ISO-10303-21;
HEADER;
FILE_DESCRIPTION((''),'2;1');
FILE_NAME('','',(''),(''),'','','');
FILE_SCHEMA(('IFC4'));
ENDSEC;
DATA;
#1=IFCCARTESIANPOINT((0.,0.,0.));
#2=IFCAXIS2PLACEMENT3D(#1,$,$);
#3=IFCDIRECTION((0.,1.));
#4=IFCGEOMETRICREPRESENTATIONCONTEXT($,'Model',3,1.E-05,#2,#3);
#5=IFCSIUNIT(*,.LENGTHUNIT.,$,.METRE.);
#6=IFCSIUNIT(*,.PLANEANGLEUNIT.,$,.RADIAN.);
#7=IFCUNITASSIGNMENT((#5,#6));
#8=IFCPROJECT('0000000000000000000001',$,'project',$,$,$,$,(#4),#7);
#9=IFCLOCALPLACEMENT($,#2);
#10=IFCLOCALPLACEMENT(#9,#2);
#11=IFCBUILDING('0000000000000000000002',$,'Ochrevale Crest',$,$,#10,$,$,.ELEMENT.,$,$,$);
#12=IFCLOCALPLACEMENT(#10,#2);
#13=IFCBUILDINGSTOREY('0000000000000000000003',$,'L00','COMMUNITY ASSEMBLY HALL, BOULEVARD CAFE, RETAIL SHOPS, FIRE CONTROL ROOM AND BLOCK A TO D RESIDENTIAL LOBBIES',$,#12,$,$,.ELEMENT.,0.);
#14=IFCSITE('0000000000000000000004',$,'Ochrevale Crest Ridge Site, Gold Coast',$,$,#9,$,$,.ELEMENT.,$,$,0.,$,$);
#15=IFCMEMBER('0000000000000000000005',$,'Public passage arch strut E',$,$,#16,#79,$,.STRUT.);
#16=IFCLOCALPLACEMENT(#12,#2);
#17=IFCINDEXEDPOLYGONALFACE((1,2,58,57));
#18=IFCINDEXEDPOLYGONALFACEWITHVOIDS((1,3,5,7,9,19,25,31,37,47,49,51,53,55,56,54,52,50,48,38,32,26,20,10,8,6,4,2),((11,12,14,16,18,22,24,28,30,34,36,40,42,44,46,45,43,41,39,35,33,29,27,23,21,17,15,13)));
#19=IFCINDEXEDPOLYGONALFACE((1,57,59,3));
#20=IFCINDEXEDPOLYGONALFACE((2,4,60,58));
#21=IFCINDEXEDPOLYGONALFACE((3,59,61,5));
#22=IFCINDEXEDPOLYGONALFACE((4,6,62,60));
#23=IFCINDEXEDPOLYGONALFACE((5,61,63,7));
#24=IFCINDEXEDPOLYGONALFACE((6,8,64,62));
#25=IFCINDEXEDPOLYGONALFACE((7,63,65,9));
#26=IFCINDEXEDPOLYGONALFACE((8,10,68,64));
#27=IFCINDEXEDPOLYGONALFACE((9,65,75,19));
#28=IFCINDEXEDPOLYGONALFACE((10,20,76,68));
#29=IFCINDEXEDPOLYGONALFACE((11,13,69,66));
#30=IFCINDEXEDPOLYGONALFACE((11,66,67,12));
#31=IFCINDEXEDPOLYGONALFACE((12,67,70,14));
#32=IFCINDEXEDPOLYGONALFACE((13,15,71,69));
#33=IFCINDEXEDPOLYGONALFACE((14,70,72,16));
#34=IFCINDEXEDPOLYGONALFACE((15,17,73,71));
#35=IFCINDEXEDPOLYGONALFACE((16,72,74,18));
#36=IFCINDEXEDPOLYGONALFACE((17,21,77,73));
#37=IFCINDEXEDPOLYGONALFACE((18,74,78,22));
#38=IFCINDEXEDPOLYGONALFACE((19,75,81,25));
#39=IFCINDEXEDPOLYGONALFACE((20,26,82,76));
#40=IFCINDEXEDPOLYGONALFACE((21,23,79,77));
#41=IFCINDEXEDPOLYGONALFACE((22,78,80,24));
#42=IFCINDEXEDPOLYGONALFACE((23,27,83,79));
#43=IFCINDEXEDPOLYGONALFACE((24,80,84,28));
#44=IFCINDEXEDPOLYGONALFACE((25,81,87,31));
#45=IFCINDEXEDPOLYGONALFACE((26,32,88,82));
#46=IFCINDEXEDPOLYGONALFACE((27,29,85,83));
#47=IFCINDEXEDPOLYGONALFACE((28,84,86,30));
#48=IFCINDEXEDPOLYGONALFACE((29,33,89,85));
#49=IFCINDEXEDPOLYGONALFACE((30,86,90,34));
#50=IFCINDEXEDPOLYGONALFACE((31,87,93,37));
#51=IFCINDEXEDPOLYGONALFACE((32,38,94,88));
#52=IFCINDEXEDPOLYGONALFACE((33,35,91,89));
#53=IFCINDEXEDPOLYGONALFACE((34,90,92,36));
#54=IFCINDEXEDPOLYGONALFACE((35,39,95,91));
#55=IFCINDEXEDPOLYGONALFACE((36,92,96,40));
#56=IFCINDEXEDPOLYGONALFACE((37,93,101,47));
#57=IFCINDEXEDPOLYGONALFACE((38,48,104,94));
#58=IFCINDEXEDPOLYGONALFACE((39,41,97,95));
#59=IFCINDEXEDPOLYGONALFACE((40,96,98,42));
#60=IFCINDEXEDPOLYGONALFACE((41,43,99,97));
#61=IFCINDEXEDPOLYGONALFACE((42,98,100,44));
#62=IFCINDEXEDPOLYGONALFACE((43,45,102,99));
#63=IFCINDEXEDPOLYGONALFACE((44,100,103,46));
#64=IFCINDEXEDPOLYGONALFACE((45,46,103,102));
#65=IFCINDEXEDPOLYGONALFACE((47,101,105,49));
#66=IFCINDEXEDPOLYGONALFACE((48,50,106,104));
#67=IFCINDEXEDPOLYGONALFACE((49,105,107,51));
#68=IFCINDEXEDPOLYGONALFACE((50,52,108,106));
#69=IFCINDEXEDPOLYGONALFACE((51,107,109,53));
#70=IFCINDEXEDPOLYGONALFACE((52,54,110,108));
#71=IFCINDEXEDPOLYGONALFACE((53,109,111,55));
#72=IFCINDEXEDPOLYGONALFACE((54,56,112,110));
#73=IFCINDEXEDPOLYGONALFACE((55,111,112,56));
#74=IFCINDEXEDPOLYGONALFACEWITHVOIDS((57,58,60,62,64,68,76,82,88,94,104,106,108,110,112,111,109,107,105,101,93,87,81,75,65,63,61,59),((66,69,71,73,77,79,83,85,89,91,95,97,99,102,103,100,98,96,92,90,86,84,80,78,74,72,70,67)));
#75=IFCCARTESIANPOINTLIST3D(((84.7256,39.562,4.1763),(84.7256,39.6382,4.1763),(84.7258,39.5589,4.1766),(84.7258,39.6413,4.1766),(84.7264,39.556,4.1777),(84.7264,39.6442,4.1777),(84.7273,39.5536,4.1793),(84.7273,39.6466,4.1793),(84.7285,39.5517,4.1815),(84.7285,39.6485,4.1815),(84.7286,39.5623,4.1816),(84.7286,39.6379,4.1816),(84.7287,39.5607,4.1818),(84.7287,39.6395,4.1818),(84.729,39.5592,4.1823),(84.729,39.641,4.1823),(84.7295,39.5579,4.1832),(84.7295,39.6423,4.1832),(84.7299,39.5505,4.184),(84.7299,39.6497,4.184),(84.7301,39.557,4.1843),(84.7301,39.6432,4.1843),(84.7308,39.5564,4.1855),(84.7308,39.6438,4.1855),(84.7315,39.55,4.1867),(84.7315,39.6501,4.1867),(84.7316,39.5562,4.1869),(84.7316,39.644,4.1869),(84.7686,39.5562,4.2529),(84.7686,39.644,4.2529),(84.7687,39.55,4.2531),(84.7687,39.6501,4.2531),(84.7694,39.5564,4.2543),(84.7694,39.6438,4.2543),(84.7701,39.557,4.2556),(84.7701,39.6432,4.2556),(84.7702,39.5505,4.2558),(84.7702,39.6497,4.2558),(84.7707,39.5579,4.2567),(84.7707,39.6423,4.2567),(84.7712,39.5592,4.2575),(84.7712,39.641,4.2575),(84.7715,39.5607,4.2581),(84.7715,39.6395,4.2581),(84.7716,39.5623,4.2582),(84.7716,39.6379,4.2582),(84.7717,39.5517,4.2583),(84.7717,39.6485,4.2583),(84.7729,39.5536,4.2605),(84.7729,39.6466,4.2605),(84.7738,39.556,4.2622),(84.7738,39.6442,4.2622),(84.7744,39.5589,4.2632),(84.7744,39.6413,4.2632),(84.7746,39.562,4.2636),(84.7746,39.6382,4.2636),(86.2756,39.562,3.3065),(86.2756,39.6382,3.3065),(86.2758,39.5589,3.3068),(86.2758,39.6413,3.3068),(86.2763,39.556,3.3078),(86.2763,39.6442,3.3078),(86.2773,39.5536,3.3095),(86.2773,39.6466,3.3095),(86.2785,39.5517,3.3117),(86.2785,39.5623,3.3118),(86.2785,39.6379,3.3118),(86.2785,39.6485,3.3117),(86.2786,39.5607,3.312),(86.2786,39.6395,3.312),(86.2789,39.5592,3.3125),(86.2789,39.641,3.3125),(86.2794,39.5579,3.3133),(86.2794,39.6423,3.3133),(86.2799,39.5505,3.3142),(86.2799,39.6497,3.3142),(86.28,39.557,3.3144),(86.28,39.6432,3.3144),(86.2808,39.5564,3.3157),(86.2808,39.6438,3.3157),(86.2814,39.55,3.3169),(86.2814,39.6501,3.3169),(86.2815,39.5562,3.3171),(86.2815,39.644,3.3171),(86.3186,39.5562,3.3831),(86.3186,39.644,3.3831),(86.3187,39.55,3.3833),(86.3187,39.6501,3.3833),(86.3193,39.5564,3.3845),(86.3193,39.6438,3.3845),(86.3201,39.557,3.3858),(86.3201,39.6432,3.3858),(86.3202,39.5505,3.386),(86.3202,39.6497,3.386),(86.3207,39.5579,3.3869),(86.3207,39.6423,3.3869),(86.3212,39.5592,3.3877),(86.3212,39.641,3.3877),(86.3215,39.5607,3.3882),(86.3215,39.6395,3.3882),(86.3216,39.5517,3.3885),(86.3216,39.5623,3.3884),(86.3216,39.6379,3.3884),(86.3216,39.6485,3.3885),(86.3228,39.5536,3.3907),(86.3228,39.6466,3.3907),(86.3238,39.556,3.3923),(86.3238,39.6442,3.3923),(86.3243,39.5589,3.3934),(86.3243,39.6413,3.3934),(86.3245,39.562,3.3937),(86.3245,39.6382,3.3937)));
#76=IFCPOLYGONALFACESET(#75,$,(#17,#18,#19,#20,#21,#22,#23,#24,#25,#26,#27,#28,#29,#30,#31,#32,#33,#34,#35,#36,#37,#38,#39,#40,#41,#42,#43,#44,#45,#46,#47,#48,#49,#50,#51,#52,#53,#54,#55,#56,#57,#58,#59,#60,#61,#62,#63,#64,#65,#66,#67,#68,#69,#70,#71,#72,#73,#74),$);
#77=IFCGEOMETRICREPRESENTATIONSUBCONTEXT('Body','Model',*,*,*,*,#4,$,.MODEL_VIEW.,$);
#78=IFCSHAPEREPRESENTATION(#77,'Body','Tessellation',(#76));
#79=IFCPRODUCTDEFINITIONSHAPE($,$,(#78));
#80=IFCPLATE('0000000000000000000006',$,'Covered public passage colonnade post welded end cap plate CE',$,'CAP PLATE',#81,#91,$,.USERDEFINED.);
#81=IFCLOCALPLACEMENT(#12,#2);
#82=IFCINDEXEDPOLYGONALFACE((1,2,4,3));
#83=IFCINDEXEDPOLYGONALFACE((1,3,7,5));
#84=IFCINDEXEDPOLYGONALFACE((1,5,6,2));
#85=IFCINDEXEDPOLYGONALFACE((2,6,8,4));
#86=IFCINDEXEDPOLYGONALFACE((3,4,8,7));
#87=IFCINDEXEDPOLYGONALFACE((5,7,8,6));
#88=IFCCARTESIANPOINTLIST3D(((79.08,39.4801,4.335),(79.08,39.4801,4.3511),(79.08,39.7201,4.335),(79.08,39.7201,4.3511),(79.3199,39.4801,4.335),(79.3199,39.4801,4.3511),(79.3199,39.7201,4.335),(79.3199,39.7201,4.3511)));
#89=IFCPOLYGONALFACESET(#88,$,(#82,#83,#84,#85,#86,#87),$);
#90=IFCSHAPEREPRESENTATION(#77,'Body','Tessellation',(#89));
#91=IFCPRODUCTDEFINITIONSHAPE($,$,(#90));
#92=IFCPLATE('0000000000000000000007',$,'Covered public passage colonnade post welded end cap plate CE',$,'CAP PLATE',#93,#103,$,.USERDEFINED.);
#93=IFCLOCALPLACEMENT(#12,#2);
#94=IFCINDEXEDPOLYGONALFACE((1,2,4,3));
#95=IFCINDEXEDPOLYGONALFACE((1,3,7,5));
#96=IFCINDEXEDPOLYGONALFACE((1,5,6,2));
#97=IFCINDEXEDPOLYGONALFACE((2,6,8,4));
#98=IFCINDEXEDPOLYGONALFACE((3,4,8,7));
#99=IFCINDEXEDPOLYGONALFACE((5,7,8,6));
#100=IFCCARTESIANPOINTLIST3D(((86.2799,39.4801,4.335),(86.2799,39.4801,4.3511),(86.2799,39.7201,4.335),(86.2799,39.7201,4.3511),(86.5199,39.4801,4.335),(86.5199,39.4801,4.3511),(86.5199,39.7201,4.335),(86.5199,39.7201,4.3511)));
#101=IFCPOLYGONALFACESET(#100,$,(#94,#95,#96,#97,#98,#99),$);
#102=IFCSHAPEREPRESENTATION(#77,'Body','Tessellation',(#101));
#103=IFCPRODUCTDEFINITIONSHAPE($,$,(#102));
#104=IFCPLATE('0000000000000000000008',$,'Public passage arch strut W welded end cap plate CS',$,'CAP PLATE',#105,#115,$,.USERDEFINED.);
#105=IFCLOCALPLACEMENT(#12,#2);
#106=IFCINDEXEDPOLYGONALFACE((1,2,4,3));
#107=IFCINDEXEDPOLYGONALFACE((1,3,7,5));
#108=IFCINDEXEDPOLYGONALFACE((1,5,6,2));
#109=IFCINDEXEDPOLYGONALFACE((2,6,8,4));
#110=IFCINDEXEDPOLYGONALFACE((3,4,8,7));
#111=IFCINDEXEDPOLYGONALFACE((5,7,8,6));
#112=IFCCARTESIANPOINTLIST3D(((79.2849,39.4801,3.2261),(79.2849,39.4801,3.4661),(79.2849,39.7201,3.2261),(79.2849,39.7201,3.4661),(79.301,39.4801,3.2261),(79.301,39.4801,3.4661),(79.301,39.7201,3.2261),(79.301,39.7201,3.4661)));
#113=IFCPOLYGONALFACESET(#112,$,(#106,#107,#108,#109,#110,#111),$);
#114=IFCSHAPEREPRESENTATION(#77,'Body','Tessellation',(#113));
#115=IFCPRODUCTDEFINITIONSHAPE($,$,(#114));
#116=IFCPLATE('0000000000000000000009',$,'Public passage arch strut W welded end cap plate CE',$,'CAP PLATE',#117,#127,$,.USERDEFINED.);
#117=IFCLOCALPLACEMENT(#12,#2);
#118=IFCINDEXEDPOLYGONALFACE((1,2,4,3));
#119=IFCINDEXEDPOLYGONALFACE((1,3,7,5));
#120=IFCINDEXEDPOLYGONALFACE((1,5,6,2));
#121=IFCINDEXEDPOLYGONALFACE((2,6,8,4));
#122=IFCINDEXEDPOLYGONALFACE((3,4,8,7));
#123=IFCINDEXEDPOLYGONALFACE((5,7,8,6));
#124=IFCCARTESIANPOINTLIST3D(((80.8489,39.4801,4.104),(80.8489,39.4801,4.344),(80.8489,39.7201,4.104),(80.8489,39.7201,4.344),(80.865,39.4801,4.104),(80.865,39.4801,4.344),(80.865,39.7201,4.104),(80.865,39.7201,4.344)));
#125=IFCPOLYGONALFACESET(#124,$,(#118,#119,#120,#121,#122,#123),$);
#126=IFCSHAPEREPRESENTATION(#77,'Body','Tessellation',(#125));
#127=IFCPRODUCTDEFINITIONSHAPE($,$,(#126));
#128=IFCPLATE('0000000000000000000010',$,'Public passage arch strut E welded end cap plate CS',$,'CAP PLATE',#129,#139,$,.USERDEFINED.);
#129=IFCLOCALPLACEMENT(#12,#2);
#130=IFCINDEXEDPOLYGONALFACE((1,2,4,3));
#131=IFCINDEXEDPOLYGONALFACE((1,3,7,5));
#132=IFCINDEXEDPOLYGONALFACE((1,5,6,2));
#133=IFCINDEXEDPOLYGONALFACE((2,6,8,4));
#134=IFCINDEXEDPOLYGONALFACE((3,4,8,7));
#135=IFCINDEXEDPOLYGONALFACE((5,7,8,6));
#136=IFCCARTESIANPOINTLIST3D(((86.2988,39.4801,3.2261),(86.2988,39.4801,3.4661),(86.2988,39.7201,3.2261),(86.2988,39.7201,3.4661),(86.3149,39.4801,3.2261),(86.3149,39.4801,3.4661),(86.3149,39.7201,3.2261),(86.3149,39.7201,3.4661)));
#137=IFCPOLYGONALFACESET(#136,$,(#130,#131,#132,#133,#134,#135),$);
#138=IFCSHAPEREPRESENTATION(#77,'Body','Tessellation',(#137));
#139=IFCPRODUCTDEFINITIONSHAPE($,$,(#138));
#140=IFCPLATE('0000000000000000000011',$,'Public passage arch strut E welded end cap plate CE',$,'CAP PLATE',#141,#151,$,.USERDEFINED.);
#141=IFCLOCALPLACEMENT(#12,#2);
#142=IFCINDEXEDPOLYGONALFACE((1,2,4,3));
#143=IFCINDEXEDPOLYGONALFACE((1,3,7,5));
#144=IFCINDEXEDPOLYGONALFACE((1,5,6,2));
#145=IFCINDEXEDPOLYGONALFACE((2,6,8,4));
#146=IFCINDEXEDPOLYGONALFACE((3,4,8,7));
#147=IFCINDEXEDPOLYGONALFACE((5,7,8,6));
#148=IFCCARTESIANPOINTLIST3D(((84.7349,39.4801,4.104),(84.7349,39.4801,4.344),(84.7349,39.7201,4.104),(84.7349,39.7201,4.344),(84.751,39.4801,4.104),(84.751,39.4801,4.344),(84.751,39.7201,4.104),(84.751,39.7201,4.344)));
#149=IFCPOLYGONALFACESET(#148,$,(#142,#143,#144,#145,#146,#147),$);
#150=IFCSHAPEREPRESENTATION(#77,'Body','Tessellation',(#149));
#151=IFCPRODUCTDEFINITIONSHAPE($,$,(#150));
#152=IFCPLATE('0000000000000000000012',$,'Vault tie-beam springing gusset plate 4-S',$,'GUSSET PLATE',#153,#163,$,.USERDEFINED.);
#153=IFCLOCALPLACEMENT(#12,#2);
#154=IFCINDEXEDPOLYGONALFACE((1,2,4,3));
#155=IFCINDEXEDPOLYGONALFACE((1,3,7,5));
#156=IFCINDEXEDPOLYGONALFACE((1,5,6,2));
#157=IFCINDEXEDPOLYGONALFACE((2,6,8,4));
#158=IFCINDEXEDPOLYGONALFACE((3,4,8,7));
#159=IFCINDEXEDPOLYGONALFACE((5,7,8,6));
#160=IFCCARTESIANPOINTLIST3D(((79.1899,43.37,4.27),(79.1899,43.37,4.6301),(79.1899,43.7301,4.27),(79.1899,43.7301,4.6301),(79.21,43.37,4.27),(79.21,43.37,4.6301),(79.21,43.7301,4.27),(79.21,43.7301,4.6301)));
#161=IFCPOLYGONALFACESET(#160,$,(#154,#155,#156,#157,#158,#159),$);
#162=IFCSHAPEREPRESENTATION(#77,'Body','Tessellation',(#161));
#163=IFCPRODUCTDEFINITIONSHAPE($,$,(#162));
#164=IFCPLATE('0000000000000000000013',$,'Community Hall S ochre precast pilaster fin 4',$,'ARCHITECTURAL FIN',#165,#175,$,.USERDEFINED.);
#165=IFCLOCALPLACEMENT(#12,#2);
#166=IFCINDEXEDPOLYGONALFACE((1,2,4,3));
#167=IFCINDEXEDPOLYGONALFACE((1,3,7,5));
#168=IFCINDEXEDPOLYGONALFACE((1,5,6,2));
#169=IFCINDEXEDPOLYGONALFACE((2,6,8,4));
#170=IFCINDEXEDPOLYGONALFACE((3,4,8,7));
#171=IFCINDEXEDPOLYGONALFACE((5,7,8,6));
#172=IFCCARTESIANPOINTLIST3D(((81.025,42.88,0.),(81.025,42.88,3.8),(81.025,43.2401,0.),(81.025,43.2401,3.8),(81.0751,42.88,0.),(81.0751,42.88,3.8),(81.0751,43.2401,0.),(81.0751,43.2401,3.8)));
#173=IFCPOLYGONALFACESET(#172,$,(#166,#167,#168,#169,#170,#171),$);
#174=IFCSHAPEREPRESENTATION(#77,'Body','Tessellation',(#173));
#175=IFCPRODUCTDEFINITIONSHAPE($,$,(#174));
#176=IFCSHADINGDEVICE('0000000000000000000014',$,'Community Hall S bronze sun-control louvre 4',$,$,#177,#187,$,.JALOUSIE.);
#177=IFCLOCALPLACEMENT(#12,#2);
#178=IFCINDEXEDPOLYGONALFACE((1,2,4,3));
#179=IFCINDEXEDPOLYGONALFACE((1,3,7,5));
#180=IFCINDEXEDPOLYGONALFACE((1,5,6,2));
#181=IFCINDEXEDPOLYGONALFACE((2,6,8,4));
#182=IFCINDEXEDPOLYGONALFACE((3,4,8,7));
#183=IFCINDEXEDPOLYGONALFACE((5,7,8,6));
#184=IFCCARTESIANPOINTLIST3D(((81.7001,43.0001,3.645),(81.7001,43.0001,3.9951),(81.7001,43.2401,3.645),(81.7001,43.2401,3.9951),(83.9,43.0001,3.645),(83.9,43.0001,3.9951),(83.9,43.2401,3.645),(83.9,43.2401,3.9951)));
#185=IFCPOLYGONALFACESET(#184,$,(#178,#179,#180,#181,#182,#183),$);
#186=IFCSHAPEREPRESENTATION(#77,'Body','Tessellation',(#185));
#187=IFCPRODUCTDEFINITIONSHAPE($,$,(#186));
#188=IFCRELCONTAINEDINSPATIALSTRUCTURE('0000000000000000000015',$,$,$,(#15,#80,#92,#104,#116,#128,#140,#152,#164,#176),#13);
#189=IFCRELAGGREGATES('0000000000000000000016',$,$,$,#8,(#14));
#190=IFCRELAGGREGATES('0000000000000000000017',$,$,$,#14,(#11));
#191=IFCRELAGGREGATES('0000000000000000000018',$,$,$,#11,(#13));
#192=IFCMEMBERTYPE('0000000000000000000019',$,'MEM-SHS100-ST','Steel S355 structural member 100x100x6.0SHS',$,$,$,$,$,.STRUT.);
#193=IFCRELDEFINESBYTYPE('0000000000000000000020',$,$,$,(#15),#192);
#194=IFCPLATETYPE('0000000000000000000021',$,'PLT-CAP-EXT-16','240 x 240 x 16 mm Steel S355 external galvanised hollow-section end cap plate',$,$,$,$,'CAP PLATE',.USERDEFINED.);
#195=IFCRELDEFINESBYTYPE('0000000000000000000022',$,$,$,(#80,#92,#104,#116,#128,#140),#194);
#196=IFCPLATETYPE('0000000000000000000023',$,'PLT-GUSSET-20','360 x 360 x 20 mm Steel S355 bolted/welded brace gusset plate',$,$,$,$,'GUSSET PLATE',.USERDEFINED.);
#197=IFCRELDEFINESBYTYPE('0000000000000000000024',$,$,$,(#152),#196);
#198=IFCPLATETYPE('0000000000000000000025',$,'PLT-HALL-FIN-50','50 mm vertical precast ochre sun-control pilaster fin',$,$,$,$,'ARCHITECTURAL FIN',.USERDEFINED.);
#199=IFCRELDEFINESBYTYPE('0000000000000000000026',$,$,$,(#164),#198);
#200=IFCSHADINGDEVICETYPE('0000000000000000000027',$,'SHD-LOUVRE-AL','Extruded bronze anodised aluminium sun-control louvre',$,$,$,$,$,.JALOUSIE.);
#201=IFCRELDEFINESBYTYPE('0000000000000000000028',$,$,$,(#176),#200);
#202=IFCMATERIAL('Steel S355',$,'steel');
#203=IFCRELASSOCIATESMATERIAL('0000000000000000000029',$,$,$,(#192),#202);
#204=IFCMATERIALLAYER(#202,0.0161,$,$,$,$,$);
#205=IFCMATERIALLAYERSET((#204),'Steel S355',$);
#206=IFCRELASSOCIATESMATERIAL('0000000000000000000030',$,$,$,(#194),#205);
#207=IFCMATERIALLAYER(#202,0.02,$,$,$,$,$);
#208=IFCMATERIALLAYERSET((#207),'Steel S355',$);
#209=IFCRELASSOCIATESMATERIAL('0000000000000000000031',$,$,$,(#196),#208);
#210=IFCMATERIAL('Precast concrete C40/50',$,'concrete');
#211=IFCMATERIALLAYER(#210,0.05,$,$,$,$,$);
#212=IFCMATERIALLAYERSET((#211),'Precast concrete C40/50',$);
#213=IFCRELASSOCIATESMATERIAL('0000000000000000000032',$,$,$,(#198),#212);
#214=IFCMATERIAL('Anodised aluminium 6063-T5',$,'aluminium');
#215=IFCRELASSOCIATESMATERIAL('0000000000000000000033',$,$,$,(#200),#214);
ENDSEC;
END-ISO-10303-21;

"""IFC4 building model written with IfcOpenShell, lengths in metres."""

from ifc_helpers import new_model, si_unit, direction, frame, origin, origin_2d, place, context, subcontext, project, spatial, rectangle, hollow_rectangle, extrude, material, layer, layer_set, material_profile, profile_set, type_object, element, save


model = new_model("IFC4")

# Units and contexts
model_context = context("Model", 3, precision=1e-05, world=origin(), true_north=direction((0.0, 1.0)))
body_context = subcontext(model_context, "Body", "Model", "MODEL_VIEW")
ifc_project = project(units=[si_unit("LENGTHUNIT", "METRE"), si_unit("PLANEANGLEUNIT", "RADIAN")], contexts=[model_context])

# Site, building, storey
site_placement = place(None, origin())
site = spatial("IfcSite", under=ifc_project, at=site_placement, Name="Ochrevale Crest Ridge Site, Gold Coast", CompositionType="ELEMENT", RefElevation=0.0)
building_placement = place(site_placement, origin())
building = spatial("IfcBuilding", under=site, at=building_placement, Name="Ochrevale Crest", CompositionType="ELEMENT")
storey_placement = place(building_placement, origin())
storey = spatial("IfcBuildingStorey", under=building, at=storey_placement, Name="L00", Description="COMMUNITY ASSEMBLY HALL, BOULEVARD CAFE, RETAIL SHOPS, FIRE CONTROL ROOM AND BLOCK A TO D RESIDENTIAL LOBBIES", CompositionType="ELEMENT", Elevation=0.0)

# Shared definitions
ifc_material_1 = material(Name="Steel S355", Category="steel")

# Member
ifc_material_profile_1 = material_profile(ifc_material_1, hollow_rectangle(XDim=0.1001, YDim=0.1001, WallThickness=0.0061, InnerFilletRadius=0.0061, OuterFilletRadius=0.012, at=origin_2d()), Name="100x100x6.0SHS")
ifc_profile_set_1 = profile_set([ifc_material_profile_1], Name="Steel S355")
member_type_1 = type_object("IfcMemberType", Name="MEM-SHS100-ST", Description="Steel S355 structural member 100x100x6.0SHS", PredefinedType="STRUT", material=ifc_profile_set_1)
member_1_placement = place(storey_placement, frame((86.3, 39.6001, 3.3501), z_axis=(-0.872063, 0.0, 0.489394), x_axis=(0.0, -1.0, 0.0)))
element("IfcMember", 1, at=member_1_placement, inside=storey, type_object=member_type_1, Name="Public passage arch strut E", PredefinedType="STRUT", context=body_context, shape_type="SweptSolid", body=[
    extrude(hollow_rectangle(XDim=0.1001, YDim=0.1001, WallThickness=0.0061, InnerFilletRadius=0.0061, OuterFilletRadius=0.012, at=origin_2d()), origin(), (0.0, 0.0, 1.0), 1.7773),
])

# Plates
ifc_layer_1 = layer(ifc_material_1, 0.0161)
ifc_layer_set_1 = layer_set([ifc_layer_1], Name="Steel S355")
plate_type_1 = type_object("IfcPlateType", Name="PLT-CAP-EXT-16", Description="240 x 240 x 16 mm Steel S355 external galvanised hollow-section end cap plate", ElementType="CAP PLATE", PredefinedType="USERDEFINED", material=ifc_layer_set_1)
for number, where, z_axis, x_axis, name in (
    (2, (79.2, 39.6001, 4.335), (0.0, 0.0, 1.0), (1.0, 0.0, 0.0), "Covered public passage colonnade post welded end cap plate CE"),
    (3, (86.3999, 39.6001, 4.335), (0.0, 0.0, 1.0), (1.0, 0.0, 0.0), "Covered public passage colonnade post welded end cap plate CE"),
):
    element("IfcPlate", number, at=place(storey_placement, frame(where, z_axis=z_axis, x_axis=x_axis)), inside=storey, type_object=plate_type_1, Name=name, ObjectType="CAP PLATE", PredefinedType="USERDEFINED", context=body_context, shape_type="SweptSolid", body=[
        extrude(rectangle(XDim=0.24, YDim=0.24, at=origin_2d()), origin(), (0.0, 0.0, 1.0), 0.0161),
    ])
for number, where, z_axis, x_axis, name in (
    (4, (79.293, 39.6001, 3.2261), (0.0, 0.0, 1.0), (1.0, 0.0, 0.0), "Public passage arch strut W welded end cap plate CS"),
    (5, (80.8569, 39.6001, 4.104), (0.0, 0.0, 1.0), (1.0, 0.0, 0.0), "Public passage arch strut W welded end cap plate CE"),
    (6, (86.3069, 39.6001, 3.2261), (0.0, 0.0, 1.0), (-1.0, 0.0, 0.0), "Public passage arch strut E welded end cap plate CS"),
    (7, (84.7429, 39.6001, 4.104), (0.0, 0.0, 1.0), (-1.0, 0.0, 0.0), "Public passage arch strut E welded end cap plate CE"),
):
    element("IfcPlate", number, at=place(storey_placement, frame(where, z_axis=z_axis, x_axis=x_axis)), inside=storey, type_object=plate_type_1, Name=name, ObjectType="CAP PLATE", PredefinedType="USERDEFINED", context=body_context, shape_type="SweptSolid", body=[
        extrude(rectangle(XDim=0.0161, YDim=0.24, at=origin_2d()), origin(), (0.0, 0.0, 1.0), 0.24),
    ])
ifc_layer_2 = layer(ifc_material_1, 0.02)
ifc_layer_set_2 = layer_set([ifc_layer_2], Name="Steel S355")
plate_type_2 = type_object("IfcPlateType", Name="PLT-GUSSET-20", Description="360 x 360 x 20 mm Steel S355 bolted/welded brace gusset plate", ElementType="GUSSET PLATE", PredefinedType="USERDEFINED", material=ifc_layer_set_2)
plate_1_placement = place(storey_placement, frame((79.2, 43.55, 4.27), z_axis=(0.0, 0.0, 1.0), x_axis=(1.0, 0.0, 0.0)))
element("IfcPlate", 8, at=plate_1_placement, inside=storey, type_object=plate_type_2, Name="Vault tie-beam springing gusset plate 4-S", ObjectType="GUSSET PLATE", PredefinedType="USERDEFINED", context=body_context, shape_type="SweptSolid", body=[
    extrude(rectangle(XDim=0.02, YDim=0.3601, at=origin_2d()), origin(), (0.0, 0.0, 1.0), 0.3601),
])
ifc_material_2 = material(Name="Precast concrete C40/50", Category="concrete")
ifc_layer_3 = layer(ifc_material_2, 0.05)
ifc_layer_set_3 = layer_set([ifc_layer_3], Name="Precast concrete C40/50")
plate_type_3 = type_object("IfcPlateType", Name="PLT-HALL-FIN-50", Description="50 mm vertical precast ochre sun-control pilaster fin", ElementType="ARCHITECTURAL FIN", PredefinedType="USERDEFINED", material=ifc_layer_set_3)
plate_2_placement = place(storey_placement, frame((81.05, 43.0601, 0.0), z_axis=(0.0, 0.0, 1.0), x_axis=(1.0, 0.0, 0.0)))
element("IfcPlate", 9, at=plate_2_placement, inside=storey, type_object=plate_type_3, Name="Community Hall S ochre precast pilaster fin 4", ObjectType="ARCHITECTURAL FIN", PredefinedType="USERDEFINED", context=body_context, shape_type="SweptSolid", body=[
    extrude(rectangle(XDim=0.05, YDim=0.3601, at=origin_2d()), origin(), (0.0, 0.0, 1.0), 3.8),
])

# Shading device
ifc_material_3 = material(Name="Anodised aluminium 6063-T5", Category="aluminium")
shading_device_type = type_object("IfcShadingDeviceType", Name="SHD-LOUVRE-AL", Description="Extruded bronze anodised aluminium sun-control louvre", PredefinedType="JALOUSIE", material=ifc_material_3)
shading_device_placement = place(storey_placement, frame((82.8, 43.1201, 3.645), z_axis=(0.0, 0.0, 1.0), x_axis=(1.0, 0.0, 0.0)))
element("IfcShadingDevice", 10, at=shading_device_placement, inside=storey, type_object=shading_device_type, Name="Community Hall S bronze sun-control louvre 4", PredefinedType="JALOUSIE", context=body_context, shape_type="SweptSolid", body=[
    extrude(rectangle(XDim=2.2, YDim=0.24, at=origin_2d()), origin(), (0.0, 0.0, 1.0), 0.3501),
])

save(model, "model.ifc")
